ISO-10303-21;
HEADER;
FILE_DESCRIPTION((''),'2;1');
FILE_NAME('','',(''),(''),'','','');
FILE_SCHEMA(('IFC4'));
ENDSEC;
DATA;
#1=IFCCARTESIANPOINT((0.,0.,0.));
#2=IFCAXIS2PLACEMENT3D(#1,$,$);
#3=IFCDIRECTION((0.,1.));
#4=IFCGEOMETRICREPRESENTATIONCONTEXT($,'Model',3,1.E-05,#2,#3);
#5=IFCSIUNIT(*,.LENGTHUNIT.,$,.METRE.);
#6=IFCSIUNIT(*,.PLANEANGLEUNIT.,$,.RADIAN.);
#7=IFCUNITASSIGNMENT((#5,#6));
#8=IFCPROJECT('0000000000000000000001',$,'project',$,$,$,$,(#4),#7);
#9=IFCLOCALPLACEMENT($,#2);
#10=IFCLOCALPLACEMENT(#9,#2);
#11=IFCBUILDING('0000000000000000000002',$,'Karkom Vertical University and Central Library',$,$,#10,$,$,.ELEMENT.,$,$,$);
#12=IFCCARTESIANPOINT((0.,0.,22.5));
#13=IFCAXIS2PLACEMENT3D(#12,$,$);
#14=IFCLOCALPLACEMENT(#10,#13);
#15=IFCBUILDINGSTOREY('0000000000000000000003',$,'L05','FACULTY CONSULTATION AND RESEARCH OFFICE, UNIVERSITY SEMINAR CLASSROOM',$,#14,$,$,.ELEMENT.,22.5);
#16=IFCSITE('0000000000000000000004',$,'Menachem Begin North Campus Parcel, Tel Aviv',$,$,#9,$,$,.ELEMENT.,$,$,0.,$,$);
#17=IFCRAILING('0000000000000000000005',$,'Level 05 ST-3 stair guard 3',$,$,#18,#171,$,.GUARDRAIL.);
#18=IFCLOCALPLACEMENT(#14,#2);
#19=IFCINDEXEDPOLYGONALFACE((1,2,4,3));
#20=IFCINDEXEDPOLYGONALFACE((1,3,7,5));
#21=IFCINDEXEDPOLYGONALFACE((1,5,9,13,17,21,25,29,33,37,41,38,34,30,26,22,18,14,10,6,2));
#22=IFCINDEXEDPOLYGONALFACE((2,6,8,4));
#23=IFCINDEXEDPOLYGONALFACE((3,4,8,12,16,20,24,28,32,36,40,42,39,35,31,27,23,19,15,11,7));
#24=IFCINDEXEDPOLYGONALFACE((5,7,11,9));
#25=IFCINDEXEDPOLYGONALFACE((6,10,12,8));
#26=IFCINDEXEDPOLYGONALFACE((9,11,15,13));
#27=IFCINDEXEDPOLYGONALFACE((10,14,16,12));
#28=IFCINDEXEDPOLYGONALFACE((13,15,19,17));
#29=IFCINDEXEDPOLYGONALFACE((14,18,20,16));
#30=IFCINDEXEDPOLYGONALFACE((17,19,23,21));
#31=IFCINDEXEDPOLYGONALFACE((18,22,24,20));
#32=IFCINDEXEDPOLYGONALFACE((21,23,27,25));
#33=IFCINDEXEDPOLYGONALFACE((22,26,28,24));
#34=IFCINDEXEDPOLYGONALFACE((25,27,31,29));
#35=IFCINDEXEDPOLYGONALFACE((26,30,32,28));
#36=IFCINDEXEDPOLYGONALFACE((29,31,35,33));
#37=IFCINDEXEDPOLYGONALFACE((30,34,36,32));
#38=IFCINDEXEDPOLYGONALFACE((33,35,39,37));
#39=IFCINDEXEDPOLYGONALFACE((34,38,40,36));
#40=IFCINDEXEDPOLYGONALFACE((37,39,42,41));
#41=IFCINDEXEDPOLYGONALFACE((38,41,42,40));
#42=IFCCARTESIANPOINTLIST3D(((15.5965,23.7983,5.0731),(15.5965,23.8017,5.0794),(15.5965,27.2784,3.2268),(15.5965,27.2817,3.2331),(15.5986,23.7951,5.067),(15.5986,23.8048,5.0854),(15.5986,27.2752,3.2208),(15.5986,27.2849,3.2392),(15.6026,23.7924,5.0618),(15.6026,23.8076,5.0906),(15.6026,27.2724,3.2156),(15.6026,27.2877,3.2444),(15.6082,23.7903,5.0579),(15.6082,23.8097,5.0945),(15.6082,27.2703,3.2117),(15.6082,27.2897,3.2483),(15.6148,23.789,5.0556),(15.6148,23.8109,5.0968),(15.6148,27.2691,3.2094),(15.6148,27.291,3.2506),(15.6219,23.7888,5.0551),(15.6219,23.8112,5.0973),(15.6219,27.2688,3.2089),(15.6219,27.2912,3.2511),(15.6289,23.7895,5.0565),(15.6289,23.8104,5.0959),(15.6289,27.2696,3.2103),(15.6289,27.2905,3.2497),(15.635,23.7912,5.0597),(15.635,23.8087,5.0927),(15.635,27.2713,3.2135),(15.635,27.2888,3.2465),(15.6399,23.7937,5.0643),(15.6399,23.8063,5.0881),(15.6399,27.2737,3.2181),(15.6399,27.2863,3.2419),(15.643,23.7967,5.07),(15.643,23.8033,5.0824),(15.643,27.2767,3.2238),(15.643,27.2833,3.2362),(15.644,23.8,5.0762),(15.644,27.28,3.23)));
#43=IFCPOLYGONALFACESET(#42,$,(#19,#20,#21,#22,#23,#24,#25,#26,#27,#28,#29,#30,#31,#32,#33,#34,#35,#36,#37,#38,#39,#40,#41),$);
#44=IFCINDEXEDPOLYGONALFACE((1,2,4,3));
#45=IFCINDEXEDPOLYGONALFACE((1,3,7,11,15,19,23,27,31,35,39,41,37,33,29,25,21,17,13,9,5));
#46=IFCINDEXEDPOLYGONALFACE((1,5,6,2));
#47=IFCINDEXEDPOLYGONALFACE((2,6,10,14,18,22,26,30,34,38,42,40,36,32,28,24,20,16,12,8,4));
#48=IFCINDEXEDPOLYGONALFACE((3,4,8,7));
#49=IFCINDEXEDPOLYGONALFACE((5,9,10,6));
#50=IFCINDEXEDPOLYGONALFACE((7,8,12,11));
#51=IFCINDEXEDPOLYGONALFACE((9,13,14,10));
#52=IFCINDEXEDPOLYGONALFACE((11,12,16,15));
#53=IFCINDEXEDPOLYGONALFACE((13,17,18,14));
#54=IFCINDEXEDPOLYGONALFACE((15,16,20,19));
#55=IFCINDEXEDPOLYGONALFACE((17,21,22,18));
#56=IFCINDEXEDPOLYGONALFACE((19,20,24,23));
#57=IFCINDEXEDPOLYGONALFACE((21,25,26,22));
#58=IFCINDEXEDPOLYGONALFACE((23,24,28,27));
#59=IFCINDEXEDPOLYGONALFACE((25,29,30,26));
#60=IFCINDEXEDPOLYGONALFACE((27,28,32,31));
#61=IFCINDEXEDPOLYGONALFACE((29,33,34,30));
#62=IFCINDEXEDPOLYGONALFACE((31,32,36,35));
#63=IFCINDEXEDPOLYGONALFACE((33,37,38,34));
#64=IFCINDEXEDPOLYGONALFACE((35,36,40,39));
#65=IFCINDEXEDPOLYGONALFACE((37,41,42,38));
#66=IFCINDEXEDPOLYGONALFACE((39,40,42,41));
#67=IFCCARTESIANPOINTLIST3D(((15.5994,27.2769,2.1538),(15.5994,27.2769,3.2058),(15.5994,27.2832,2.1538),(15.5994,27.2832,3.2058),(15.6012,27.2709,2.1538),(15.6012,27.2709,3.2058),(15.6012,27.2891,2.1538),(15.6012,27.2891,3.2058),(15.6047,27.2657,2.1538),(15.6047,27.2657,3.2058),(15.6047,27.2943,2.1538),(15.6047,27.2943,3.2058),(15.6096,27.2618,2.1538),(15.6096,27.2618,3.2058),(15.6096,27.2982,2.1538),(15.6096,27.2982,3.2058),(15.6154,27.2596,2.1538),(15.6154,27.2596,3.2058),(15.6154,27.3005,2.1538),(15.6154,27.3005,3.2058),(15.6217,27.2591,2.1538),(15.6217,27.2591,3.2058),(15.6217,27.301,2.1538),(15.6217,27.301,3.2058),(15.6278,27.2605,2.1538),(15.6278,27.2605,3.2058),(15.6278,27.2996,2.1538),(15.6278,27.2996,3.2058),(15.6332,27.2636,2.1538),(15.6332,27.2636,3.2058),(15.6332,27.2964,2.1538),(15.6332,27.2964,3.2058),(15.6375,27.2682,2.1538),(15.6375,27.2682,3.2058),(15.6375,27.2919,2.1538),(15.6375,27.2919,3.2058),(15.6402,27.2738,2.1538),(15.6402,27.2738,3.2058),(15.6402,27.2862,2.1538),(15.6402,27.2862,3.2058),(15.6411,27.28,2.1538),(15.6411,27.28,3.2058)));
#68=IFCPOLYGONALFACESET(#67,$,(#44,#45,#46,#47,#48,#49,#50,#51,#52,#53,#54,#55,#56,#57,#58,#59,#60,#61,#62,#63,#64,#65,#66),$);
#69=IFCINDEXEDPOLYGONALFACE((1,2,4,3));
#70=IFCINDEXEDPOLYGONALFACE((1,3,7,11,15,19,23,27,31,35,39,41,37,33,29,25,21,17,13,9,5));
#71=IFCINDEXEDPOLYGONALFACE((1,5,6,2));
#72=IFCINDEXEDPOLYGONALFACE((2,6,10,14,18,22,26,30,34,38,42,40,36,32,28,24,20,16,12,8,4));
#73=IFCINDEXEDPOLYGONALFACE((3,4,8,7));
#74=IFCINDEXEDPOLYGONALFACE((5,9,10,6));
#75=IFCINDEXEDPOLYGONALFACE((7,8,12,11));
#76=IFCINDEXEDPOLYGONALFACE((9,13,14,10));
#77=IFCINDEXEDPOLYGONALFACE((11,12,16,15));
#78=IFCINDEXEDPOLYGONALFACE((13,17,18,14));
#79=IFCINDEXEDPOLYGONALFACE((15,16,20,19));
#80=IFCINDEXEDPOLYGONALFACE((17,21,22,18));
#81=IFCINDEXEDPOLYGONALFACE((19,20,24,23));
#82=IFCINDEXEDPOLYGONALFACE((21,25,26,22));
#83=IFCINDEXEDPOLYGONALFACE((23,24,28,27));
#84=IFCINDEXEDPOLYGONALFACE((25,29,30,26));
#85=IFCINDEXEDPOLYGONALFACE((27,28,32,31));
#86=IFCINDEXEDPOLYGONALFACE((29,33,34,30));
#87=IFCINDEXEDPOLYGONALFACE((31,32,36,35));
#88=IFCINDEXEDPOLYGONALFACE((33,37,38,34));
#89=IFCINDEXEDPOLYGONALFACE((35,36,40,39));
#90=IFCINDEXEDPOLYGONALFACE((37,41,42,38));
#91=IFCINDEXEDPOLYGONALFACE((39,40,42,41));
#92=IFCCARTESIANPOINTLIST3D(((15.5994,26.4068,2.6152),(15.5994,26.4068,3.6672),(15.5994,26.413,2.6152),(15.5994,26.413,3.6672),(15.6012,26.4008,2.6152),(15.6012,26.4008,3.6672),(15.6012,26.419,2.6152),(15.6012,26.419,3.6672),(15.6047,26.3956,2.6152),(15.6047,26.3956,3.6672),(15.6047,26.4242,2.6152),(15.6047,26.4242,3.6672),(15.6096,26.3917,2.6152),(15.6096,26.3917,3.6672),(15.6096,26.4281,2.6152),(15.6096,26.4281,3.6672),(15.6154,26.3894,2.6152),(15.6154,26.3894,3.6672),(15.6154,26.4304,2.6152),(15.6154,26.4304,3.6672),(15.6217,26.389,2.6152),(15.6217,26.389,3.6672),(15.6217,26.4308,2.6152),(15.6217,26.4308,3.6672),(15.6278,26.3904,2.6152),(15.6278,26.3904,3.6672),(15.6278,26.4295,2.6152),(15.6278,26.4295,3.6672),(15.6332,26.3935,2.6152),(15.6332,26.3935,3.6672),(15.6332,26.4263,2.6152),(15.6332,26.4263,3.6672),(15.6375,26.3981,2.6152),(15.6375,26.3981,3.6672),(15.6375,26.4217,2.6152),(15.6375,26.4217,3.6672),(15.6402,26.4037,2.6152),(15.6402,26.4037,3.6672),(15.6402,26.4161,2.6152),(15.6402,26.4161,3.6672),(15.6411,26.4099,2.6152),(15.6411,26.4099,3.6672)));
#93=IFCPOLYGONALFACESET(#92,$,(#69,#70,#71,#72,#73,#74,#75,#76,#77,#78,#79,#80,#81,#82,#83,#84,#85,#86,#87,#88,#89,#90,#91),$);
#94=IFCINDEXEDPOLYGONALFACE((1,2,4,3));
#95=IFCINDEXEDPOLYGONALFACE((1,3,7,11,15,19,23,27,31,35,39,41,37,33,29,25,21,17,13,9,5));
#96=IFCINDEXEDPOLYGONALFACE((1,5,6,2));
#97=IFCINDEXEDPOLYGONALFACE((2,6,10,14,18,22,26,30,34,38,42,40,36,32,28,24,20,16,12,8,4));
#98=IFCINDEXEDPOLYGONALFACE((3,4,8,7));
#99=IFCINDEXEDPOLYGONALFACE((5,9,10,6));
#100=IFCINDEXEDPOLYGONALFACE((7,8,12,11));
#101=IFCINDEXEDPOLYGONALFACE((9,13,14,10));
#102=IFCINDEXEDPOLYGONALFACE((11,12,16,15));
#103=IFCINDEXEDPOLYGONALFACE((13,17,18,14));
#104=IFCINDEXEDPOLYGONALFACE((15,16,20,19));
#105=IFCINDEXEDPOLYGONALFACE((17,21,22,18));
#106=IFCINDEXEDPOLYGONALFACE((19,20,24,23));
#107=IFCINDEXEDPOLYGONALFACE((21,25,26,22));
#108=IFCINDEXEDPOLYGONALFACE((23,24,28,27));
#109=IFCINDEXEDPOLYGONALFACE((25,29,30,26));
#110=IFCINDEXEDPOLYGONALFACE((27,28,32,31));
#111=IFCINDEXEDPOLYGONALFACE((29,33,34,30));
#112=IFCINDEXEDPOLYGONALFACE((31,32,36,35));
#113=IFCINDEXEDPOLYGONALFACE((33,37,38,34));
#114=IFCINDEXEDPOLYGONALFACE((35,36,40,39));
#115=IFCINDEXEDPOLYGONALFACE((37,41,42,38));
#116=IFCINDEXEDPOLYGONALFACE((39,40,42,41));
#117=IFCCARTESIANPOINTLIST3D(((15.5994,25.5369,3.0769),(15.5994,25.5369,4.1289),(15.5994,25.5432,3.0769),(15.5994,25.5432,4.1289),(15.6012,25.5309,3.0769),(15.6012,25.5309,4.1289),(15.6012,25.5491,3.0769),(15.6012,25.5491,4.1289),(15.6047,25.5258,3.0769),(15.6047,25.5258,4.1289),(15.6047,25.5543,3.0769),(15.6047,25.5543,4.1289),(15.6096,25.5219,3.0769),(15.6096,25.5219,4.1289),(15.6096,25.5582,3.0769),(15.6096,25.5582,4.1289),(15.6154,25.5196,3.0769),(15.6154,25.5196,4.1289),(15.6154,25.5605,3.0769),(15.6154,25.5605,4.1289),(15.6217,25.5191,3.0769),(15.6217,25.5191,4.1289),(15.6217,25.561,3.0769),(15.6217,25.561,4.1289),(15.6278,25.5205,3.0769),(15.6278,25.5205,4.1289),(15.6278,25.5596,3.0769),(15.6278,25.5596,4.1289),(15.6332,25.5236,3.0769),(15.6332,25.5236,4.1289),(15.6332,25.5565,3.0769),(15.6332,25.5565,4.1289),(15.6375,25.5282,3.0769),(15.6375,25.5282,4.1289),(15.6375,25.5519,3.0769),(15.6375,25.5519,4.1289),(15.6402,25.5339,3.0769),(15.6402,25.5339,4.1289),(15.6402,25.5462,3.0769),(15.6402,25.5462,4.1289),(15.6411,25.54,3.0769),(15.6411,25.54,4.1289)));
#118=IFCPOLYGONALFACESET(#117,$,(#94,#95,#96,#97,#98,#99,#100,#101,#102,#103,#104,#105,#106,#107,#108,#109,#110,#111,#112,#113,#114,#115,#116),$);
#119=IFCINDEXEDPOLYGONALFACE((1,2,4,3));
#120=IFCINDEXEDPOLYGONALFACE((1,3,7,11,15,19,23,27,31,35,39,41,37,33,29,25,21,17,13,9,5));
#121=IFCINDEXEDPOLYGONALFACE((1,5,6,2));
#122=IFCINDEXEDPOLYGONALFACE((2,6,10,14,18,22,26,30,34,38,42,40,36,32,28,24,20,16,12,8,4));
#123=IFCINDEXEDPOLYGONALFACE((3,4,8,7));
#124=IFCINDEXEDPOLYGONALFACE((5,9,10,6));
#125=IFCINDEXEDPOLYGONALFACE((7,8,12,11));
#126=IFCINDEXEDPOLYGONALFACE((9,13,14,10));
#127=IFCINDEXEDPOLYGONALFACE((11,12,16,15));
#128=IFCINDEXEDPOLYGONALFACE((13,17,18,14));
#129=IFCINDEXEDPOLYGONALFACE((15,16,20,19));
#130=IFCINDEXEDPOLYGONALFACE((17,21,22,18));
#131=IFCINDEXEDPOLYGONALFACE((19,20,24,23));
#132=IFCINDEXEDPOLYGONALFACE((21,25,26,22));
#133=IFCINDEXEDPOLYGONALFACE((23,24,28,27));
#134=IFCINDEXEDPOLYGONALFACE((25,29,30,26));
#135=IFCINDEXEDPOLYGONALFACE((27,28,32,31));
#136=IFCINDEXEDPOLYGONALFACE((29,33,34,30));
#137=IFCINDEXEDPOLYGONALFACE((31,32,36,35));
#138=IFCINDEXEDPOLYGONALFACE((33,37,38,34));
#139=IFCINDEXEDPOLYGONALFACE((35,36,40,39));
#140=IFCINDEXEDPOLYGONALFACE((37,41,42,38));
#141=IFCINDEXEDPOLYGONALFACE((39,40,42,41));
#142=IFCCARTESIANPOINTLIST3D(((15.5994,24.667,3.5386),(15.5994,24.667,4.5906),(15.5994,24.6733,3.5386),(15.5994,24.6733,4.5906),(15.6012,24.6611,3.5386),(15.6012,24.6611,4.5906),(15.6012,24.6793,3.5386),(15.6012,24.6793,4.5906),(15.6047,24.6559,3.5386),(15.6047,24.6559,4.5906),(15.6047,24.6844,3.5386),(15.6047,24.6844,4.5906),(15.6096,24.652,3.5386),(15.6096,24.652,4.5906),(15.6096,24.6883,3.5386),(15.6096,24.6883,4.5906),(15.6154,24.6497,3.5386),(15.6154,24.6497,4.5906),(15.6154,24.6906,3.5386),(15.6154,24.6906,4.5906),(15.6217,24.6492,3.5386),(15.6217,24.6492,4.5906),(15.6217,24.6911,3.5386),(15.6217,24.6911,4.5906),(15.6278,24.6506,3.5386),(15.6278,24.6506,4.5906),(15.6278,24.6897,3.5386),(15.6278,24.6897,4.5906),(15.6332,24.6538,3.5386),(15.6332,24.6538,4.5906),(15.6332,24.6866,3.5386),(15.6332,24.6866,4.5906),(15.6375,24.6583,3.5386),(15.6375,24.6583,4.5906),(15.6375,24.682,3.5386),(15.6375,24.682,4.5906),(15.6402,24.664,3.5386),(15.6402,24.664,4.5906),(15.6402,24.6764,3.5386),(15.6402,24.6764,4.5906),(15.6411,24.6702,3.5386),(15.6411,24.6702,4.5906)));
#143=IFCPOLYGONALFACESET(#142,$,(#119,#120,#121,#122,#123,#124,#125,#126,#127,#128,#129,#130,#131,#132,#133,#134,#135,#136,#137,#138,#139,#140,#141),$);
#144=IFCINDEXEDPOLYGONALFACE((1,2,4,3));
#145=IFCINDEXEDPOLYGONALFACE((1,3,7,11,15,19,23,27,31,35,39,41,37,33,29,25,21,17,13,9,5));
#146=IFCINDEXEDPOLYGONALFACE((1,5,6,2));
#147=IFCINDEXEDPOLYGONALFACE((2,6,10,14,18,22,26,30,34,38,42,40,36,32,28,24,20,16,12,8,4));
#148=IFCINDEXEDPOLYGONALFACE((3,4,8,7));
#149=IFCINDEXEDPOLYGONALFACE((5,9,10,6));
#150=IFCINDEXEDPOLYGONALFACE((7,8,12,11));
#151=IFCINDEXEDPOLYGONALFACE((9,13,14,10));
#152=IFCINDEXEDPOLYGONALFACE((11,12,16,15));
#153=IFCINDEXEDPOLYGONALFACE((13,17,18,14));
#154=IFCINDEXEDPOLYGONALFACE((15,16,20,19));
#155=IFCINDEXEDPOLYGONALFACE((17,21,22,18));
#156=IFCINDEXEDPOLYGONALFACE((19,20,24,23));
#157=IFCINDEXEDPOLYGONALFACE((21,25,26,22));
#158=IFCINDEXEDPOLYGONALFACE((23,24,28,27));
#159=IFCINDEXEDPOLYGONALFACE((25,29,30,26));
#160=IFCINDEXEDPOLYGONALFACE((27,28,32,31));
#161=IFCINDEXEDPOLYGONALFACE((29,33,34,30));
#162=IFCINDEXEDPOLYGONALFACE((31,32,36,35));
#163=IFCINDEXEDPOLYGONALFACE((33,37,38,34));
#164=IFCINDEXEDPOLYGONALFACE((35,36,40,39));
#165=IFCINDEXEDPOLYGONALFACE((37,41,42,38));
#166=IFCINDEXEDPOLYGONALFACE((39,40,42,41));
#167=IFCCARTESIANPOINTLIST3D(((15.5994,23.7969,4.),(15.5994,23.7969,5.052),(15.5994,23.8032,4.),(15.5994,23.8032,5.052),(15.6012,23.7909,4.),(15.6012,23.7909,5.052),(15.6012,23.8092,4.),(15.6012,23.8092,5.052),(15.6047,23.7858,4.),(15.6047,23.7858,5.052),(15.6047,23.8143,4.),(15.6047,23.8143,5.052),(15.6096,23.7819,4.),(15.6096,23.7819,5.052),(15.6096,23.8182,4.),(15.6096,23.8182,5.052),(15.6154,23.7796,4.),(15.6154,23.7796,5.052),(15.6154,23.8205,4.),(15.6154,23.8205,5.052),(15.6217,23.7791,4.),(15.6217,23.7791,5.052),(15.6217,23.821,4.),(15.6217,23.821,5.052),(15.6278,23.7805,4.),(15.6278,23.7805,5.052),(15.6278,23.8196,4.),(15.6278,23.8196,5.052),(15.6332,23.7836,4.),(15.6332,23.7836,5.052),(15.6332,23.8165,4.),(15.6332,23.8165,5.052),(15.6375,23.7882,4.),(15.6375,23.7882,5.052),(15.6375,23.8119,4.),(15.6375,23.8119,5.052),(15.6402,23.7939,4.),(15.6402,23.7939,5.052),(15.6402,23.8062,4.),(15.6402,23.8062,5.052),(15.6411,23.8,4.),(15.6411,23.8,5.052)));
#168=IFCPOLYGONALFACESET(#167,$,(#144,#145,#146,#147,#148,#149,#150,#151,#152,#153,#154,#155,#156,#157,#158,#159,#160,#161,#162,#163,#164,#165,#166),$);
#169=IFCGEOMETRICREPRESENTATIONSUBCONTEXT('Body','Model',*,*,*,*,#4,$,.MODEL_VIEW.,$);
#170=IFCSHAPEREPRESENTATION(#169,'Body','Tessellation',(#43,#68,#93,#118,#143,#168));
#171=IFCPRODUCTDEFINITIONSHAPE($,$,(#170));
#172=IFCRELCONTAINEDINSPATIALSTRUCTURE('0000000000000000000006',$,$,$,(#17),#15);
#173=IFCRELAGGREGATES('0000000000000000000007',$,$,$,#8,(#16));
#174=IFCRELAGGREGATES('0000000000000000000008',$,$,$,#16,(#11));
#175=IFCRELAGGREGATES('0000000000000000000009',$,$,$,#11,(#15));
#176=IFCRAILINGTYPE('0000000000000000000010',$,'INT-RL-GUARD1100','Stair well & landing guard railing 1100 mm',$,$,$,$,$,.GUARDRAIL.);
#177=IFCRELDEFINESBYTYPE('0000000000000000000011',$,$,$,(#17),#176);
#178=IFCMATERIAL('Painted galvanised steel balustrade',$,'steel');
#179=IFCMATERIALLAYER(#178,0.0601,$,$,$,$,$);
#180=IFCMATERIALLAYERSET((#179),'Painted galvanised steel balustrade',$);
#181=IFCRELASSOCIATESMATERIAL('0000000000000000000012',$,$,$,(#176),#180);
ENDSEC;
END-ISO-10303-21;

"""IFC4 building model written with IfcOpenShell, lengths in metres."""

from ifc_helpers import new_model, si_unit, direction, frame, origin, origin_2d, place, context, subcontext, project, spatial, circle, extrude, material, layer, layer_set, type_object, element, save


model = new_model("IFC4")

# Units and contexts
model_context = context("Model", 3, precision=1e-05, world=origin(), true_north=direction((0.0, 1.0)))
body_context = subcontext(model_context, "Body", "Model", "MODEL_VIEW")
ifc_project = project(units=[si_unit("LENGTHUNIT", "METRE"), si_unit("PLANEANGLEUNIT", "RADIAN")], contexts=[model_context])

# Site, building, storey
site_placement = place(None, origin())
site = spatial("IfcSite", under=ifc_project, at=site_placement, Name="Menachem Begin North Campus Parcel, Tel Aviv", CompositionType="ELEMENT", RefElevation=0.0)
building_placement = place(site_placement, origin())
building = spatial("IfcBuilding", under=site, at=building_placement, Name="Karkom Vertical University and Central Library", CompositionType="ELEMENT")
storey_placement = place(building_placement, frame((0.0, 0.0, 22.5)))
storey = spatial("IfcBuildingStorey", under=building, at=storey_placement, Name="L05", Description="FACULTY CONSULTATION AND RESEARCH OFFICE, UNIVERSITY SEMINAR CLASSROOM", CompositionType="ELEMENT", Elevation=22.5)

# Railing
ifc_material_1 = material(Name="Painted galvanised steel balustrade", Category="steel")
ifc_layer_1 = layer(ifc_material_1, 0.0601)
ifc_layer_set_1 = layer_set([ifc_layer_1], Name="Painted galvanised steel balustrade")
railing_type_1 = type_object("IfcRailingType", Name="INT-RL-GUARD1100", Description="Stair well & landing guard railing 1100 mm", PredefinedType="GUARDRAIL", material=ifc_layer_set_1)
railing_1_placement = place(storey_placement, frame((15.6201, 27.28, 2.1538)))
element("IfcRailing", 1, at=railing_1_placement, inside=storey, type_object=railing_type_1, Name="Level 05 ST-3 stair guard 3", PredefinedType="GUARDRAIL", context=body_context, shape_type="SweptSolid", body=[
    extrude(circle(Radius=0.0239, at=origin_2d()), frame((0.0, 0.0, 1.0762), z_axis=(0.0, -0.883384, 0.468651), x_axis=(1.0, 0.0, 0.0)), (0.0, 0.0, 1.0), 3.9395),
    extrude(circle(Radius=0.021, at=origin_2d()), origin(), (0.0, 0.0, 1.0), 1.052),
    extrude(circle(Radius=0.021, at=origin_2d()), frame((0.0, -0.8701, 0.4614)), (0.0, 0.0, 1.0), 1.052),
    extrude(circle(Radius=0.021, at=origin_2d()), frame((0.0, -1.74, 0.9231)), (0.0, 0.0, 1.0), 1.052),
    extrude(circle(Radius=0.021, at=origin_2d()), frame((0.0, -2.6099, 1.3848)), (0.0, 0.0, 1.0), 1.052),
    extrude(circle(Radius=0.021, at=origin_2d()), frame((0.0, -3.48, 1.8462)), (0.0, 0.0, 1.0), 1.052),
])

save(model, "model.ifc")
